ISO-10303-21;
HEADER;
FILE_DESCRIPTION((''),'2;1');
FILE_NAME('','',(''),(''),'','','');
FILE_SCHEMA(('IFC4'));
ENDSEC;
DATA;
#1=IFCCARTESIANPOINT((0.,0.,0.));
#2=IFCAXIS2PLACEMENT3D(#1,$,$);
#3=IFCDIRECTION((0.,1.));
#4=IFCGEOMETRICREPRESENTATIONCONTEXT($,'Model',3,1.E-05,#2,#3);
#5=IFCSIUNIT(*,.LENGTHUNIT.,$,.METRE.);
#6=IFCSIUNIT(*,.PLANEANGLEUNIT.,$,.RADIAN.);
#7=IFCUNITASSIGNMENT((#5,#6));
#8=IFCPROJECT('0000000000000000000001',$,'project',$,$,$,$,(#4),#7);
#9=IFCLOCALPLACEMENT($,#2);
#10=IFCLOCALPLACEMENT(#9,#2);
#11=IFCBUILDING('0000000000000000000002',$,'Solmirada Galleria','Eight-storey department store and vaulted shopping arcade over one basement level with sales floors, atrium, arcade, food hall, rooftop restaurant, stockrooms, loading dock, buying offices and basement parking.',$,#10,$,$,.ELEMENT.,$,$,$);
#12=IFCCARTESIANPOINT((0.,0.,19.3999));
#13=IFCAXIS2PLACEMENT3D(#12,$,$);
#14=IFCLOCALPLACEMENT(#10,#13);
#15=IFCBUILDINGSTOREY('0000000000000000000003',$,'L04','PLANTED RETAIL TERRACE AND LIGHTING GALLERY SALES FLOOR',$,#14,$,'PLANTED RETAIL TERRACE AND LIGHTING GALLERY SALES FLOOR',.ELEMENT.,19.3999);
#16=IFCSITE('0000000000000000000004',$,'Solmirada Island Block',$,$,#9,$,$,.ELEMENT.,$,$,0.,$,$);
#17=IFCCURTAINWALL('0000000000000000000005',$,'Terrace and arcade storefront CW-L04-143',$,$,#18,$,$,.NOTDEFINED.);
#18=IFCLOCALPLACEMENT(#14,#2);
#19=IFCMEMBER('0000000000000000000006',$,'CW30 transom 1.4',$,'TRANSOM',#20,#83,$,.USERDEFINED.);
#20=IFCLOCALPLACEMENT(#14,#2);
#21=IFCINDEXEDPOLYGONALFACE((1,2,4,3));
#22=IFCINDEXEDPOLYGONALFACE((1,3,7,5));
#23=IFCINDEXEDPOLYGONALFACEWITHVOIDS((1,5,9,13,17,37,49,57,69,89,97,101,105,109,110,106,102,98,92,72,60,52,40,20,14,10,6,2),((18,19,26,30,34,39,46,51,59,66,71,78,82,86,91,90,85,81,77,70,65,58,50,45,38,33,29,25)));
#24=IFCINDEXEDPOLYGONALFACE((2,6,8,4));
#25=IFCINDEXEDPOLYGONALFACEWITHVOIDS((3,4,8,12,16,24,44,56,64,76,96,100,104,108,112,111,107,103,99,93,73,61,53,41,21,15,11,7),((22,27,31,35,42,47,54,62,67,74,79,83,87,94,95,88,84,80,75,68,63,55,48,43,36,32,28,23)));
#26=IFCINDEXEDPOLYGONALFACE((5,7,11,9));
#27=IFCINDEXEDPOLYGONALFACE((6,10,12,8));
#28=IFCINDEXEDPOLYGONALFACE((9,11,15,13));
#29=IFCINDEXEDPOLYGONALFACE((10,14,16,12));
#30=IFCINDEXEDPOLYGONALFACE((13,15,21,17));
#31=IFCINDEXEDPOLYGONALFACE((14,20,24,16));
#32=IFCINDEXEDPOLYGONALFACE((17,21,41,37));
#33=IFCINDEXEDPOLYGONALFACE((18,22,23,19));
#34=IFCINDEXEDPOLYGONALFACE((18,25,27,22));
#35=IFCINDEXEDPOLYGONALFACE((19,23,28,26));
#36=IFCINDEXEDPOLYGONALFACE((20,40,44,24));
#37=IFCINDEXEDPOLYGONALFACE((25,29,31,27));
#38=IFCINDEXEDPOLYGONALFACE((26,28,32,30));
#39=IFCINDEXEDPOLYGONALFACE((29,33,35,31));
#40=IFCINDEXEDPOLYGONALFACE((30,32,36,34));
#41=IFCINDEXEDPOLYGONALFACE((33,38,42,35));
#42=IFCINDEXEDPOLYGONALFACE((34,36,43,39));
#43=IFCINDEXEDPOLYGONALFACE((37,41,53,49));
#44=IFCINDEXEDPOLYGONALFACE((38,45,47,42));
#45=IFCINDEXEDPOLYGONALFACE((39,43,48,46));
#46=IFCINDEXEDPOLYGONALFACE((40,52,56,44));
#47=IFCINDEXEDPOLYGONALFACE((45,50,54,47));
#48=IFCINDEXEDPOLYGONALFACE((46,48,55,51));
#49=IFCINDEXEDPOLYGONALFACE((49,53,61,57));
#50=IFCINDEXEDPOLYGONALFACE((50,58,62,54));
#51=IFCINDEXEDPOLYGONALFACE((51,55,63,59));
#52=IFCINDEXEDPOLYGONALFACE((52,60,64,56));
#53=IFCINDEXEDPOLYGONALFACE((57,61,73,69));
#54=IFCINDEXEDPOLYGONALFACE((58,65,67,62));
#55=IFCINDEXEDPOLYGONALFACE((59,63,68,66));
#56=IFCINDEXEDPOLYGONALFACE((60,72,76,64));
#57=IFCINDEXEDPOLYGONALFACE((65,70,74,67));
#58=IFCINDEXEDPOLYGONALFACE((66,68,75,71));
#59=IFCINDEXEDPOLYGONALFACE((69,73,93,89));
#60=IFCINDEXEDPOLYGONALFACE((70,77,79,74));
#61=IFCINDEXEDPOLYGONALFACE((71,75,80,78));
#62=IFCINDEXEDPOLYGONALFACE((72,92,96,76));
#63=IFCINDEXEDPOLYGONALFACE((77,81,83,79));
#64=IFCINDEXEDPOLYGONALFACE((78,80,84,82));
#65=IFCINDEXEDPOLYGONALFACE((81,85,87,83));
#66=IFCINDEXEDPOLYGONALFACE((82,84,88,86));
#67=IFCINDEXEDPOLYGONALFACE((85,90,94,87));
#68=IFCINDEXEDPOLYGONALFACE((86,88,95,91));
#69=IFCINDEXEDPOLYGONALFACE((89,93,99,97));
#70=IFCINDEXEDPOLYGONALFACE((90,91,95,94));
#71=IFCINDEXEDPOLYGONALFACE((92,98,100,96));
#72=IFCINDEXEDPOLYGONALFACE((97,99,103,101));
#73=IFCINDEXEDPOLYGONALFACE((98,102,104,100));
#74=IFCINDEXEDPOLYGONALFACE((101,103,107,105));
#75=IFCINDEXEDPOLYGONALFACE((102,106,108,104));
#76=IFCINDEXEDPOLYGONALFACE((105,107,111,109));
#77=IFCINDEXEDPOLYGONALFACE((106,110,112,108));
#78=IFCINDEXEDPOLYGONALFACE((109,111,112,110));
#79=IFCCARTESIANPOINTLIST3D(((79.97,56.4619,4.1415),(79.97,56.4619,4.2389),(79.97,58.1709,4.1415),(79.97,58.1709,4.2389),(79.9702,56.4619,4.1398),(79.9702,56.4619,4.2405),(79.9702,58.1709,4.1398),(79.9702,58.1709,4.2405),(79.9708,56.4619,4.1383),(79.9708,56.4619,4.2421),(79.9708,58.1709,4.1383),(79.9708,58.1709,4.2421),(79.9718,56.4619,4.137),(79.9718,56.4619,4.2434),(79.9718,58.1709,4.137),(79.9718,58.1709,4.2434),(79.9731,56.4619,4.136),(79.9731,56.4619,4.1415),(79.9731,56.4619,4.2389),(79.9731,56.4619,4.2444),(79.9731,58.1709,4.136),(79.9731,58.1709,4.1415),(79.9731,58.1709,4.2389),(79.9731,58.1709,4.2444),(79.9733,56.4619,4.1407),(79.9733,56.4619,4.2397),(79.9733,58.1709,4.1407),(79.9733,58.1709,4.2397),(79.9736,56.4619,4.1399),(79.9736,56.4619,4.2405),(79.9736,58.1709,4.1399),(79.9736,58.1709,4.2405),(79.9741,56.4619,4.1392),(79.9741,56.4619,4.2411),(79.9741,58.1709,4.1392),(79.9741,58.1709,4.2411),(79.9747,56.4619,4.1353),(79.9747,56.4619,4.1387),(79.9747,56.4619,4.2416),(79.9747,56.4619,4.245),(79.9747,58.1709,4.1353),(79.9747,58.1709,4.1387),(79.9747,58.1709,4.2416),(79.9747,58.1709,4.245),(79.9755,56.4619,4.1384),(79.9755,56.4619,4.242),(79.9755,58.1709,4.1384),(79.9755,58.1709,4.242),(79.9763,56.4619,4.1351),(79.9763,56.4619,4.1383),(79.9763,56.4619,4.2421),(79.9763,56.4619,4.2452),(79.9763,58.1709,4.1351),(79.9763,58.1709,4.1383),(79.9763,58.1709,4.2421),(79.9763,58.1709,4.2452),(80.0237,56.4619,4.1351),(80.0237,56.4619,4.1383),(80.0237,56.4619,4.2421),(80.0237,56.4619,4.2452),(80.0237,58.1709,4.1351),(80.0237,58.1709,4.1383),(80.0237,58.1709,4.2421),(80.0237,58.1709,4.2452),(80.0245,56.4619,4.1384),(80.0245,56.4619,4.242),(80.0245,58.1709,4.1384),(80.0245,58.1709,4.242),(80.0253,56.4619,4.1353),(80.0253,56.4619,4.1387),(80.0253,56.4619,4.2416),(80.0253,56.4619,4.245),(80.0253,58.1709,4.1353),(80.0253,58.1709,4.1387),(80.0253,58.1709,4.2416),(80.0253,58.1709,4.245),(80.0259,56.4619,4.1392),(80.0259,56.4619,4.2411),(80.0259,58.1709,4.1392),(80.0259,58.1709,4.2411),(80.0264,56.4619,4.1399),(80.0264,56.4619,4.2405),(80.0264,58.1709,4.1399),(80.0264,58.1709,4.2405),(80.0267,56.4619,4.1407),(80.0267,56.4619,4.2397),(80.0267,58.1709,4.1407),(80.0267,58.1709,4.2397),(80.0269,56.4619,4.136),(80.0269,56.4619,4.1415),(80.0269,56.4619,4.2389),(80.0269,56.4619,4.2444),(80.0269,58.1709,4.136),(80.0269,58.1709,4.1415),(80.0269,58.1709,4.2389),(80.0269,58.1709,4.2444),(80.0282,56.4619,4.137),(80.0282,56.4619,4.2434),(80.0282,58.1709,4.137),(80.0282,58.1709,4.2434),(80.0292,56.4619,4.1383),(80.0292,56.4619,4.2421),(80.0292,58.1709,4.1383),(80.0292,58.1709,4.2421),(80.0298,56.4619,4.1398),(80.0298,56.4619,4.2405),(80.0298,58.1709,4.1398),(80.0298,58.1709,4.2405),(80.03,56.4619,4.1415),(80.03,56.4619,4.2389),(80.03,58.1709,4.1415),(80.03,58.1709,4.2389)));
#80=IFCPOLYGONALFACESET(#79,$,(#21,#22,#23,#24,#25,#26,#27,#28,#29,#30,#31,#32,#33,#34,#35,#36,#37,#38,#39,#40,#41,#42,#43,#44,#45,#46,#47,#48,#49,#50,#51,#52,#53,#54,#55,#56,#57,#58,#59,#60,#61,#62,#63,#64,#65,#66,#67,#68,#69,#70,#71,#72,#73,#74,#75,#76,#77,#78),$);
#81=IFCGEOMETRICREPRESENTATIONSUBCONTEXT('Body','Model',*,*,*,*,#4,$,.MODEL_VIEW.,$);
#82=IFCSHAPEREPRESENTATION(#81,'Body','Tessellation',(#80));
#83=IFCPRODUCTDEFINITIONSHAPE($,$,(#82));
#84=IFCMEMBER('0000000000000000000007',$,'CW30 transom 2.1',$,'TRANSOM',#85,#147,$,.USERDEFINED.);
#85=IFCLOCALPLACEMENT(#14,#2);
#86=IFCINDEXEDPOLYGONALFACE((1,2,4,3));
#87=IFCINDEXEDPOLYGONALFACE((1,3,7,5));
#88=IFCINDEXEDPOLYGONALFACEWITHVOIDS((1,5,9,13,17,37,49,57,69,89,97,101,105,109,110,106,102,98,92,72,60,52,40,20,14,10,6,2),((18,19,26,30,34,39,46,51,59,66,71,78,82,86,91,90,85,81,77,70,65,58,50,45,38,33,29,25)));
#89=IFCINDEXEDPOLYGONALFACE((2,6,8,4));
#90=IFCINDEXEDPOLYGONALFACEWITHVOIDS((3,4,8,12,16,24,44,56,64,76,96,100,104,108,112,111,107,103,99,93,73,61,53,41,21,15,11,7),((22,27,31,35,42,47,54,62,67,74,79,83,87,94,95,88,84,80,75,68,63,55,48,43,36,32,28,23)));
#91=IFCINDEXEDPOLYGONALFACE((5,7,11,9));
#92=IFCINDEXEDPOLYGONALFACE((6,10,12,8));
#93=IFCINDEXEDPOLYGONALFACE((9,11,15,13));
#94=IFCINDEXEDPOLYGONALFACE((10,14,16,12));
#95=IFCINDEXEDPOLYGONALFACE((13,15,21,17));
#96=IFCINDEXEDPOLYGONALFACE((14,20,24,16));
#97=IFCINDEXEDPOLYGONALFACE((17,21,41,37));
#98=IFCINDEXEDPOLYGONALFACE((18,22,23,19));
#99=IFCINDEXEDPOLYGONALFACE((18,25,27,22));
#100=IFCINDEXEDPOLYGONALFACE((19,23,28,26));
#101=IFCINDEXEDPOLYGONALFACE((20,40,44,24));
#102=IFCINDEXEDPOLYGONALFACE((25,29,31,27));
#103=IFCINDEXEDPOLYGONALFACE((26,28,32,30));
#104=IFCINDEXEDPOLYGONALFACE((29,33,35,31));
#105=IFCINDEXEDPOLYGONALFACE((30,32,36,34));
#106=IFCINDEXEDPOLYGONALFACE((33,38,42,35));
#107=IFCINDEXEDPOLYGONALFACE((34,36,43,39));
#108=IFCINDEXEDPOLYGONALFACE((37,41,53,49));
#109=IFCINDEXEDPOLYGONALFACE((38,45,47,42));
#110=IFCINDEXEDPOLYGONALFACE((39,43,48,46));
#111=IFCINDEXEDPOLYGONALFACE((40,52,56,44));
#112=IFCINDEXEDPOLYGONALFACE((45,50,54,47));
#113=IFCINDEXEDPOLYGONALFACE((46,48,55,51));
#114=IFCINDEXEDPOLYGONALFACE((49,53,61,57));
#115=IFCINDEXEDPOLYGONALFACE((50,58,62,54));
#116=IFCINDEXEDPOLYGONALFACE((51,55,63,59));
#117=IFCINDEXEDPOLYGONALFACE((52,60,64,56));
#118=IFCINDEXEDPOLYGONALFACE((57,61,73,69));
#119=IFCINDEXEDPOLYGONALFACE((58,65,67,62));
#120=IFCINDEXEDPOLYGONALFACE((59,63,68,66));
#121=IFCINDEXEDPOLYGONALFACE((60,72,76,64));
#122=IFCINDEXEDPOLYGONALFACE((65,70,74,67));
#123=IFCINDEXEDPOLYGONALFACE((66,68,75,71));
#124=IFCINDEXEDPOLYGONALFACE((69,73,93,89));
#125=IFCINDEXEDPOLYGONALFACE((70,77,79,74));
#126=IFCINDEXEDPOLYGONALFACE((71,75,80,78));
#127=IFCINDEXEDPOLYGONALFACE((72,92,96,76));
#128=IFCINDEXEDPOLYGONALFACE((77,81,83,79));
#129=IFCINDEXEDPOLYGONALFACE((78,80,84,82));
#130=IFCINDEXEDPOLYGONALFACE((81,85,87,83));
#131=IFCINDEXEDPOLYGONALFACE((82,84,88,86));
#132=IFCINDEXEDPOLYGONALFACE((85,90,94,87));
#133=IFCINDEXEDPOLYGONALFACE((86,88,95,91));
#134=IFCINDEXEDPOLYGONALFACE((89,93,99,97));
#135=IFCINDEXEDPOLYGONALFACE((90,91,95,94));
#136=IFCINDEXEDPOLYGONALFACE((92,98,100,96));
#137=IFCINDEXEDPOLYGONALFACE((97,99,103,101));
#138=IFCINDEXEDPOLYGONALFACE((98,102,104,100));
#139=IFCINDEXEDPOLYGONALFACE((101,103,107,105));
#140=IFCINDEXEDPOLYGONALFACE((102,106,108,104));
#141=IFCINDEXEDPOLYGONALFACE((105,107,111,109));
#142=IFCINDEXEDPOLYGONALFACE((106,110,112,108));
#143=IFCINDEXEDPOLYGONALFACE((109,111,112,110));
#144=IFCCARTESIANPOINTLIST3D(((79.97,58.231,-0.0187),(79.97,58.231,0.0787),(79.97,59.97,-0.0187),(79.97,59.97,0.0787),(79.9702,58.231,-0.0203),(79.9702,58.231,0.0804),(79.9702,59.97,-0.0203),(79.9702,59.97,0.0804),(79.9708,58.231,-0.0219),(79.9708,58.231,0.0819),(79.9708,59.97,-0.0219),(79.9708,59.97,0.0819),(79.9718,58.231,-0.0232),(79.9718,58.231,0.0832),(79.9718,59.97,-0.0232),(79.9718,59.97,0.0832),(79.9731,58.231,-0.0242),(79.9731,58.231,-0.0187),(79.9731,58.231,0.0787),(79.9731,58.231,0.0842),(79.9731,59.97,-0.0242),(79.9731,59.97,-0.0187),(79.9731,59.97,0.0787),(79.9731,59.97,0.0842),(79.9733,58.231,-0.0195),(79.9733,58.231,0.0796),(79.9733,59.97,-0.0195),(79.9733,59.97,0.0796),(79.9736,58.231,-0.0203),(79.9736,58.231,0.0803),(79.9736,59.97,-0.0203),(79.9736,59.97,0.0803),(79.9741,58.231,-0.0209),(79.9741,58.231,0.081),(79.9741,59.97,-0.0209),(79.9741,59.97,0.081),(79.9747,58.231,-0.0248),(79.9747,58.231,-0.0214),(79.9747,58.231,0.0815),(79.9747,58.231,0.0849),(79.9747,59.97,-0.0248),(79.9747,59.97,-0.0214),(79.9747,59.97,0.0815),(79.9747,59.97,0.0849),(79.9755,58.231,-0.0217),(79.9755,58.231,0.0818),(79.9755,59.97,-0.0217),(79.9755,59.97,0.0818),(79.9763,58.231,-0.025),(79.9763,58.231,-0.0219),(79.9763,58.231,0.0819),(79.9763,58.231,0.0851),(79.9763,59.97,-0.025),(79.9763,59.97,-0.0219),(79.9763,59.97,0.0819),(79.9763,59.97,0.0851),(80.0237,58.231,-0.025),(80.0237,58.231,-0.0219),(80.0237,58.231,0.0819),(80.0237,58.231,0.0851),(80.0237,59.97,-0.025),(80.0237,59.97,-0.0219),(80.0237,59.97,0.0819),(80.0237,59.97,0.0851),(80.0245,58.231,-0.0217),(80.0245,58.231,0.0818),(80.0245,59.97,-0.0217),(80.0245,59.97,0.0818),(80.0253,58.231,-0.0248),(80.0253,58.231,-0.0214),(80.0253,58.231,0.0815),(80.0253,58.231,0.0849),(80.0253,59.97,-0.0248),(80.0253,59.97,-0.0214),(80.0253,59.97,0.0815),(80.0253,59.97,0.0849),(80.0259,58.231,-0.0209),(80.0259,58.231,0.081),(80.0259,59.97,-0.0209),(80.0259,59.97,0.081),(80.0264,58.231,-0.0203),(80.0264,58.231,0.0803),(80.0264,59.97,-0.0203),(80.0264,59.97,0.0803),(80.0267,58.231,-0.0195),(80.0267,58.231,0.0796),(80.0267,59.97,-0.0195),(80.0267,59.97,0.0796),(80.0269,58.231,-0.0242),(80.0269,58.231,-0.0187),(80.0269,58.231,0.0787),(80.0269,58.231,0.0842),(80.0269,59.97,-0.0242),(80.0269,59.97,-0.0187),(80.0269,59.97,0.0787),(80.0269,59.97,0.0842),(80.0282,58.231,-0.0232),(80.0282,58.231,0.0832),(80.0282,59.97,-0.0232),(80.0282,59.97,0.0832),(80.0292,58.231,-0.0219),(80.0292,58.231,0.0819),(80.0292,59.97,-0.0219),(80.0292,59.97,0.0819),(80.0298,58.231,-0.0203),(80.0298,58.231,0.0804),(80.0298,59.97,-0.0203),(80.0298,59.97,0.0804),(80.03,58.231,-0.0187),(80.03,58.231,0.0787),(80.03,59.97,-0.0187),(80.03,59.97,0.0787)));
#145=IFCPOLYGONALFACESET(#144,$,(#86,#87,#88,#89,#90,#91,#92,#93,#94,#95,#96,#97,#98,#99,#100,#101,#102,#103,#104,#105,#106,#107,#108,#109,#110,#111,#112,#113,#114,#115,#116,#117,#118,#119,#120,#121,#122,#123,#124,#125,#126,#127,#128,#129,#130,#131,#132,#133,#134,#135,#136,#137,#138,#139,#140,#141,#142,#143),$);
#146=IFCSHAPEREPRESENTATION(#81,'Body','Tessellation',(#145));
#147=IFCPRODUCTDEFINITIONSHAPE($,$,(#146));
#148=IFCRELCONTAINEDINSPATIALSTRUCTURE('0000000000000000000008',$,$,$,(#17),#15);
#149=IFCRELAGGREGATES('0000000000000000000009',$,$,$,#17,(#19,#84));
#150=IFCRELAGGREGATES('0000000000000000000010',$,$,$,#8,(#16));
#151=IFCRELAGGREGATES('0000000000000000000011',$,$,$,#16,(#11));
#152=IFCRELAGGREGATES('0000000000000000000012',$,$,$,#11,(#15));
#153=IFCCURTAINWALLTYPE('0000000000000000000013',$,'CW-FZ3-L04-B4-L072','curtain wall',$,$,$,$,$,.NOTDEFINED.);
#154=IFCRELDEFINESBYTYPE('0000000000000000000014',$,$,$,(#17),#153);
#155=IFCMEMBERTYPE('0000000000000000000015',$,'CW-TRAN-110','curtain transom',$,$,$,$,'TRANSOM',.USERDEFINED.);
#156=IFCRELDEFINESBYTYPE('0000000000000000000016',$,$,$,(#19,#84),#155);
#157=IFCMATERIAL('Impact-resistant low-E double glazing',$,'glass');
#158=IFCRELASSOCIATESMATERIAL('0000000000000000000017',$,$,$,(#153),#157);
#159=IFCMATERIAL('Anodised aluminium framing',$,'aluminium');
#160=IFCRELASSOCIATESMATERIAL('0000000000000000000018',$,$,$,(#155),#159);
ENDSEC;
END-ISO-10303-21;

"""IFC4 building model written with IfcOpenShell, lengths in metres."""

from ifc_helpers import new_model, si_unit, direction, frame, origin, origin_2d, place, context, subcontext, project, spatial, hollow_rectangle, extrude, material, material_profile, profile_set, type_object, element, aggregate, save


model = new_model("IFC4")

# Units and contexts
model_context = context("Model", 3, precision=1e-05, world=origin(), true_north=direction((0.0, 1.0)))
body_context = subcontext(model_context, "Body", "Model", "MODEL_VIEW")
ifc_project = project(units=[si_unit("LENGTHUNIT", "METRE"), si_unit("PLANEANGLEUNIT", "RADIAN")], contexts=[model_context])

# Site, building, storey
site_placement = place(None, origin())
site = spatial("IfcSite", under=ifc_project, at=site_placement, Name="Solmirada Island Block", CompositionType="ELEMENT", RefElevation=0.0)
building_placement = place(site_placement, origin())
building = spatial("IfcBuilding", under=site, at=building_placement, Name="Solmirada Galleria", Description="Eight-storey department store and vaulted shopping arcade over one basement level with sales floors, atrium, arcade, food hall, rooftop restaurant, stockrooms, loading dock, buying offices and basement parking.", CompositionType="ELEMENT")
storey_placement = place(building_placement, frame((0.0, 0.0, 19.3999)))
storey = spatial("IfcBuildingStorey", under=building, at=storey_placement, Name="L04", Description="PLANTED RETAIL TERRACE AND LIGHTING GALLERY SALES FLOOR", LongName="PLANTED RETAIL TERRACE AND LIGHTING GALLERY SALES FLOOR", CompositionType="ELEMENT", Elevation=19.3999)

# Curtain wall, members
ifc_material_1 = material(Name="Impact-resistant low-E double glazing", Category="glass")
curtain_wall_type = type_object("IfcCurtainWallType", Name="CW-FZ3-L04-B4-L072", Description="curtain wall", PredefinedType="NOTDEFINED", material=ifc_material_1)
curtain_wall_placement = place(storey_placement, origin())
curtain_wall = element("IfcCurtainWall", 1, at=curtain_wall_placement, inside=storey, type_object=curtain_wall_type, Name="Terrace and arcade storefront CW-L04-143", PredefinedType="NOTDEFINED")
ifc_material_2 = material(Name="Anodised aluminium framing", Category="aluminium")
ifc_material_profile_1 = material_profile(ifc_material_2, hollow_rectangle(XDim=0.0601, YDim=0.1101, WallThickness=0.0032, InnerFilletRadius=0.0032, OuterFilletRadius=0.0063, at=origin_2d()), Name="ALU-TRAN-110X60")
ifc_profile_set_1 = profile_set([ifc_material_profile_1], Name="Anodised aluminium framing")
member_type_1 = type_object("IfcMemberType", Name="CW-TRAN-110", Description="curtain transom", ElementType="TRANSOM", PredefinedType="USERDEFINED", material=ifc_profile_set_1)
member_1_placement = place(storey_placement, frame((80.0, 56.4619, 4.1902), z_axis=(0.0, 1.0, 0.0), x_axis=(-1.0, 0.0, 0.0)))
member_1 = element("IfcMember", 2, at=member_1_placement, type_object=member_type_1, Name="CW30 transom 1.4", ObjectType="TRANSOM", PredefinedType="USERDEFINED", context=body_context, shape_type="SweptSolid", body=[
    extrude(hollow_rectangle(XDim=0.0601, YDim=0.1101, WallThickness=0.0032, InnerFilletRadius=0.0032, OuterFilletRadius=0.0063, at=origin_2d()), origin(), (0.0, 0.0, 1.0), 1.709),
])
member_2_placement = place(storey_placement, frame((80.0, 58.231, 0.03), z_axis=(0.0, 1.0, 0.0), x_axis=(-1.0, 0.0, 0.0)))
member_2 = element("IfcMember", 3, at=member_2_placement, type_object=member_type_1, Name="CW30 transom 2.1", ObjectType="TRANSOM", PredefinedType="USERDEFINED", context=body_context, shape_type="SweptSolid", body=[
    extrude(hollow_rectangle(XDim=0.0601, YDim=0.1101, WallThickness=0.0032, InnerFilletRadius=0.0032, OuterFilletRadius=0.0063, at=origin_2d()), origin(), (0.0, 0.0, 1.0), 1.739),
])
aggregate(curtain_wall, [member_1, member_2])

save(model, "model.ifc")
